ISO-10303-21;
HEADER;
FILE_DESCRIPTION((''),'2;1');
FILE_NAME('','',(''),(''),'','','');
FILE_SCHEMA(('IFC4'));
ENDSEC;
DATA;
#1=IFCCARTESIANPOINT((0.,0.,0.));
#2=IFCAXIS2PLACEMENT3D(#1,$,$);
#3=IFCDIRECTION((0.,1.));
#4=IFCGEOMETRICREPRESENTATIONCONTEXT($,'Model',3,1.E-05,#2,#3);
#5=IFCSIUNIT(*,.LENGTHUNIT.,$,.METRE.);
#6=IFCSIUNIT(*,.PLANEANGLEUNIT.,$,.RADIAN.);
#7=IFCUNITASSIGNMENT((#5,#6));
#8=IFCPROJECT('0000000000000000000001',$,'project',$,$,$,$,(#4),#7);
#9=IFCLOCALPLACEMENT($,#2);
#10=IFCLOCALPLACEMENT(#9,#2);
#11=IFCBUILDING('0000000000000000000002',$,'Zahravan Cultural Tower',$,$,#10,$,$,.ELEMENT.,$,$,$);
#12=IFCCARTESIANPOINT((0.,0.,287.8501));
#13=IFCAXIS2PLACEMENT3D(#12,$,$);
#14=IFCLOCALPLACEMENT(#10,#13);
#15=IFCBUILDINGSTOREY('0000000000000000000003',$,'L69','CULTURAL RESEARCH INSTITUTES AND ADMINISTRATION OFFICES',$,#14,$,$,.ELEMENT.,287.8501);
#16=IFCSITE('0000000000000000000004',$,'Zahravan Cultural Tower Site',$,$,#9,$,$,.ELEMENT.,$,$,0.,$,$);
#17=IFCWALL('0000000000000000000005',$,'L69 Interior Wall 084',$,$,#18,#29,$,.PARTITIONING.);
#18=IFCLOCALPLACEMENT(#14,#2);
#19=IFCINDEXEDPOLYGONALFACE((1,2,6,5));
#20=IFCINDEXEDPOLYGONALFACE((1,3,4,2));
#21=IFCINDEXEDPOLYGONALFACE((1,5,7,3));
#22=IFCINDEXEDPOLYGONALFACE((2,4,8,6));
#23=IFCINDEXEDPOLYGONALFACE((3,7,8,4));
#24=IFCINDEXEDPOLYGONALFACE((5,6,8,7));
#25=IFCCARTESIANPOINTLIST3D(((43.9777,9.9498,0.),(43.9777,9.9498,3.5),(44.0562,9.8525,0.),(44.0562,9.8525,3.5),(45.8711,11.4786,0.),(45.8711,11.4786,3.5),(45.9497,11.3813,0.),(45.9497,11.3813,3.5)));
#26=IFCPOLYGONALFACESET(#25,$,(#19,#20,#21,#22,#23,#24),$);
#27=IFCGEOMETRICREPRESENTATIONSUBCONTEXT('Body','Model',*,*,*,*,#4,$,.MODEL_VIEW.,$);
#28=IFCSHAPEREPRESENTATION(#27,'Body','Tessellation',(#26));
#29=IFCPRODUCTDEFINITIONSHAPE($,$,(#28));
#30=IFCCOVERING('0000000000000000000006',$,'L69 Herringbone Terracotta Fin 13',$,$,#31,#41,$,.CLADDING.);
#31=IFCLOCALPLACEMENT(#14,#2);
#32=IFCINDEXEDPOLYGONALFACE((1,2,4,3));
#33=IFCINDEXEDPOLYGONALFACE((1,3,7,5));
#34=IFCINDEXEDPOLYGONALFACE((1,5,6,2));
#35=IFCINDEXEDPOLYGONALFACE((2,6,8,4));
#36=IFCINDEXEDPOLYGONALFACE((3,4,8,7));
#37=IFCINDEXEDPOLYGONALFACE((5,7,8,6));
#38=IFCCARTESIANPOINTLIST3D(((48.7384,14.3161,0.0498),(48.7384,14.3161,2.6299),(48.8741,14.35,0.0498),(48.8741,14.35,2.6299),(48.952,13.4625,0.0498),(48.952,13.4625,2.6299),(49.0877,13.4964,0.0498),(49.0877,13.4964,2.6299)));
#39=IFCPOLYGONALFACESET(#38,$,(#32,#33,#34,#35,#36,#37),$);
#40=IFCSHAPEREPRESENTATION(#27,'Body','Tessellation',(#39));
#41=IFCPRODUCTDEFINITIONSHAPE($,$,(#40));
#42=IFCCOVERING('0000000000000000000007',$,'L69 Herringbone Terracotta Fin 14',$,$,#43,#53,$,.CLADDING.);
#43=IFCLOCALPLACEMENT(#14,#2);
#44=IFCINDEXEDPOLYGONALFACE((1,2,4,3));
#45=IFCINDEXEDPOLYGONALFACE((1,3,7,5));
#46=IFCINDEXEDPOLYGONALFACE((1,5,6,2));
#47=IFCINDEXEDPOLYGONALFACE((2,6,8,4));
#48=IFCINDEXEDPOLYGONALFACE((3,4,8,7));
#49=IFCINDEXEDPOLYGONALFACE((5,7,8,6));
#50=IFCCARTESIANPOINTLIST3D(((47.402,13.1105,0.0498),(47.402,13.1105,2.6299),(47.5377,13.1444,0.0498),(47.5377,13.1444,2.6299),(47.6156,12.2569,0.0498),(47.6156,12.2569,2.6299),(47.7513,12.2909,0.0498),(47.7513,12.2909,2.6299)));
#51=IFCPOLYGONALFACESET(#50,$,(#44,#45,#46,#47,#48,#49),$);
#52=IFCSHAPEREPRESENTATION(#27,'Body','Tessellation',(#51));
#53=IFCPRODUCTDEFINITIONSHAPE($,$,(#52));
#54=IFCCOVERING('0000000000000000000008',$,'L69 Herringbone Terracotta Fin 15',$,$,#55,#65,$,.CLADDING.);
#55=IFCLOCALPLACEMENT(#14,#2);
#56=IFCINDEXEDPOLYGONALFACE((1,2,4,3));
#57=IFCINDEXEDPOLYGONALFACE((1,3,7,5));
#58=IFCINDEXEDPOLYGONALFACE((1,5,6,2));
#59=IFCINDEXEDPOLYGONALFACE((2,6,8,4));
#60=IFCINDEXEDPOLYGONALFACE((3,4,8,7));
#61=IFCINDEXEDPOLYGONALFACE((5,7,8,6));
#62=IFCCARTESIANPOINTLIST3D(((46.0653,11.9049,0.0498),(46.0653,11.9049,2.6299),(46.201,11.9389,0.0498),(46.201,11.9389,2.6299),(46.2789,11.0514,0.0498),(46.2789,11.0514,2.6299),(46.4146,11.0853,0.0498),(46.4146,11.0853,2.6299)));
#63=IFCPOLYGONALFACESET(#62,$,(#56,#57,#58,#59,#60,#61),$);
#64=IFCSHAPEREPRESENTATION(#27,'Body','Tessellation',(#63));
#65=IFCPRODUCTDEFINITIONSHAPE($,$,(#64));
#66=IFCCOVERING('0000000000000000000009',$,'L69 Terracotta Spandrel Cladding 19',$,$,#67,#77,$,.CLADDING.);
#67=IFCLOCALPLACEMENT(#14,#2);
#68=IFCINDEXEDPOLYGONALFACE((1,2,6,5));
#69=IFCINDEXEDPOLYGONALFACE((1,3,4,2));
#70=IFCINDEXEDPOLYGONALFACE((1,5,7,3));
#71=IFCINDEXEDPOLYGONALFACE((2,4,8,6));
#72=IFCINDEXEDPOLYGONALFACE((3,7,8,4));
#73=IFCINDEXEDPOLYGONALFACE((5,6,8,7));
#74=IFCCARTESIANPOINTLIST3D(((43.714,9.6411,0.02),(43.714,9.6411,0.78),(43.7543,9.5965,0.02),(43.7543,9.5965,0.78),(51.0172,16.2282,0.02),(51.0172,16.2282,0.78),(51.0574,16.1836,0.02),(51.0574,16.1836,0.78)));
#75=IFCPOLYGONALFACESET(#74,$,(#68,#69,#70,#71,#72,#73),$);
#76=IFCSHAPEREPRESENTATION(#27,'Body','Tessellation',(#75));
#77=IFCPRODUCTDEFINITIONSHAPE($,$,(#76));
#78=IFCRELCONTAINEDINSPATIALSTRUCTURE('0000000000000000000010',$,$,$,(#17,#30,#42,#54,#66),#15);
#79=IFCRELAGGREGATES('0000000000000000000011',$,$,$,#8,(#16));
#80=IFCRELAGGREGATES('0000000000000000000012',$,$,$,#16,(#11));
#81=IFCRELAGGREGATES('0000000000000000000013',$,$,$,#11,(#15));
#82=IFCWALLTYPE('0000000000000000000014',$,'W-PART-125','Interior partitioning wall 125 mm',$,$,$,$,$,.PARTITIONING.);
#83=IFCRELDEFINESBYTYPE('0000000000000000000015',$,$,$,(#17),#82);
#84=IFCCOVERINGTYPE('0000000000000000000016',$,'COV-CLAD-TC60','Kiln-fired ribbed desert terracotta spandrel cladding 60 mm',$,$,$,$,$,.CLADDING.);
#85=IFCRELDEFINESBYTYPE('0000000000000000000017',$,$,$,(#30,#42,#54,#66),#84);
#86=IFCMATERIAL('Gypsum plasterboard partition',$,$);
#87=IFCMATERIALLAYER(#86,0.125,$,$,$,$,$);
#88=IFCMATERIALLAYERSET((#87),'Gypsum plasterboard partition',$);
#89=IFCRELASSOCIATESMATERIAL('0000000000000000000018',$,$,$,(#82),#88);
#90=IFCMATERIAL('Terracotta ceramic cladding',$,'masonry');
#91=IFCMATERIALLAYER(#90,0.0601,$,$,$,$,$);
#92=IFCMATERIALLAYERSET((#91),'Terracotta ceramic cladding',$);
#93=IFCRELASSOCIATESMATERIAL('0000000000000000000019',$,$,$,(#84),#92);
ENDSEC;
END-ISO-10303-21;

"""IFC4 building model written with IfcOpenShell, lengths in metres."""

from ifc_helpers import new_model, si_unit, direction, frame, frame_2d, origin, origin_2d, place, context, subcontext, project, spatial, rectangle, extrude, source, transform, mapped, material, layer, layer_set, type_object, element, save


model = new_model("IFC4")

# Units and contexts
model_context = context("Model", 3, precision=1e-05, world=origin(), true_north=direction((0.0, 1.0)))
body_context = subcontext(model_context, "Body", "Model", "MODEL_VIEW")
ifc_project = project(units=[si_unit("LENGTHUNIT", "METRE"), si_unit("PLANEANGLEUNIT", "RADIAN")], contexts=[model_context])

# Site, building, storey
site_placement = place(None, origin())
site = spatial("IfcSite", under=ifc_project, at=site_placement, Name="Zahravan Cultural Tower Site", CompositionType="ELEMENT", RefElevation=0.0)
building_placement = place(site_placement, origin())
building = spatial("IfcBuilding", under=site, at=building_placement, Name="Zahravan Cultural Tower", CompositionType="ELEMENT")
storey_placement = place(building_placement, frame((0.0, 0.0, 287.8501)))
storey = spatial("IfcBuildingStorey", under=building, at=storey_placement, Name="L69", Description="CULTURAL RESEARCH INSTITUTES AND ADMINISTRATION OFFICES", CompositionType="ELEMENT", Elevation=287.8501)

# Shared definitions
ifc_material_1 = material(Name="Gypsum plasterboard partition")
ifc_layer_1 = layer(ifc_material_1, 0.125)
ifc_layer_set_1 = layer_set([ifc_layer_1], Name="Gypsum plasterboard partition")
wall_type_1 = type_object("IfcWallType", Name="W-PART-125", Description="Interior partitioning wall 125 mm", PredefinedType="PARTITIONING", material=ifc_layer_set_1)

# Wall
shared_shape_1 = source(origin(), body_context, "Body", "SweptSolid", [
    extrude(rectangle(XDim=2.4336, YDim=0.125, at=frame_2d((1.2168, 0.0))), origin(), (0.0, 0.0, 1.0), 3.5),
])
wall_1_placement = place(storey_placement, frame((45.9104, 11.4299, 0.0), z_axis=(0.0, 0.0, 1.0), x_axis=(-0.778062, -0.628188, 0.0)))
element("IfcWall", 1, at=wall_1_placement, inside=storey, type_object=wall_type_1, Name="L69 Interior Wall 084", PredefinedType="PARTITIONING", context=body_context, shape_type="MappedRepresentation", body=[
    mapped(shared_shape_1, transform((0.0, 0.0, 0.0), x_axis=(1.0, 0.0, 0.0), y_axis=(0.0, 1.0, 0.0), z_axis=(0.0, 0.0, 1.0), scale=1.0)),
])

# Coverings
ifc_material_2 = material(Name="Terracotta ceramic cladding", Category="masonry")
ifc_layer_2 = layer(ifc_material_2, 0.0601)
ifc_layer_set_2 = layer_set([ifc_layer_2], Name="Terracotta ceramic cladding")
covering_type = type_object("IfcCoveringType", Name="COV-CLAD-TC60", Description="Kiln-fired ribbed desert terracotta spandrel cladding 60 mm", PredefinedType="CLADDING", material=ifc_layer_set_2)
shared_shape_2 = source(origin(), body_context, "Body", "SweptSolid", [
    extrude(rectangle(XDim=0.8799, YDim=0.1399, at=origin_2d()), origin(), (0.0, 0.0, 1.0), 2.5801),
])
for number, where, z_axis, x_axis, name in (
    (2, (48.9131, 13.9062, 0.0498), (0.0, 0.0, 1.0), (0.242752, -0.970088, 0.0), "L69 Herringbone Terracotta Fin 13"),
    (3, (47.5767, 12.7007, 0.0498), (0.0, 0.0, 1.0), (0.242752, -0.970088, 0.0), "L69 Herringbone Terracotta Fin 14"),
    (4, (46.24, 11.4951, 0.0498), (0.0, 0.0, 1.0), (0.242752, -0.970088, 0.0), "L69 Herringbone Terracotta Fin 15"),
):
    element("IfcCovering", number, at=place(storey_placement, frame(where, z_axis=z_axis, x_axis=x_axis)), inside=storey, type_object=covering_type, Name=name, PredefinedType="CLADDING", context=body_context, shape_type="MappedRepresentation", body=[
        mapped(shared_shape_2, transform((0.0, 0.0, 0.0), x_axis=(1.0, 0.0, 0.0), y_axis=(0.0, 1.0, 0.0), z_axis=(0.0, 0.0, 1.0), scale=1.0)),
    ])
shared_shape_3 = source(origin(), body_context, "Body", "SweptSolid", [
    extrude(rectangle(XDim=9.835, YDim=0.0601, at=origin_2d()), origin(), (0.0, 0.0, 1.0), 0.76),
])
covering_placement = place(storey_placement, frame((47.3857, 12.9124, 0.02), z_axis=(0.0, 0.0, 1.0), x_axis=(-0.742572, -0.669766, 0.0)))
element("IfcCovering", 5, at=covering_placement, inside=storey, type_object=covering_type, Name="L69 Terracotta Spandrel Cladding 19", PredefinedType="CLADDING", context=body_context, shape_type="MappedRepresentation", body=[
    mapped(shared_shape_3, transform((0.0, 0.0, 0.0), x_axis=(1.0, 0.0, 0.0), y_axis=(0.0, 1.0, 0.0), z_axis=(0.0, 0.0, 1.0), scale=1.0)),
])

save(model, "model.ifc")
